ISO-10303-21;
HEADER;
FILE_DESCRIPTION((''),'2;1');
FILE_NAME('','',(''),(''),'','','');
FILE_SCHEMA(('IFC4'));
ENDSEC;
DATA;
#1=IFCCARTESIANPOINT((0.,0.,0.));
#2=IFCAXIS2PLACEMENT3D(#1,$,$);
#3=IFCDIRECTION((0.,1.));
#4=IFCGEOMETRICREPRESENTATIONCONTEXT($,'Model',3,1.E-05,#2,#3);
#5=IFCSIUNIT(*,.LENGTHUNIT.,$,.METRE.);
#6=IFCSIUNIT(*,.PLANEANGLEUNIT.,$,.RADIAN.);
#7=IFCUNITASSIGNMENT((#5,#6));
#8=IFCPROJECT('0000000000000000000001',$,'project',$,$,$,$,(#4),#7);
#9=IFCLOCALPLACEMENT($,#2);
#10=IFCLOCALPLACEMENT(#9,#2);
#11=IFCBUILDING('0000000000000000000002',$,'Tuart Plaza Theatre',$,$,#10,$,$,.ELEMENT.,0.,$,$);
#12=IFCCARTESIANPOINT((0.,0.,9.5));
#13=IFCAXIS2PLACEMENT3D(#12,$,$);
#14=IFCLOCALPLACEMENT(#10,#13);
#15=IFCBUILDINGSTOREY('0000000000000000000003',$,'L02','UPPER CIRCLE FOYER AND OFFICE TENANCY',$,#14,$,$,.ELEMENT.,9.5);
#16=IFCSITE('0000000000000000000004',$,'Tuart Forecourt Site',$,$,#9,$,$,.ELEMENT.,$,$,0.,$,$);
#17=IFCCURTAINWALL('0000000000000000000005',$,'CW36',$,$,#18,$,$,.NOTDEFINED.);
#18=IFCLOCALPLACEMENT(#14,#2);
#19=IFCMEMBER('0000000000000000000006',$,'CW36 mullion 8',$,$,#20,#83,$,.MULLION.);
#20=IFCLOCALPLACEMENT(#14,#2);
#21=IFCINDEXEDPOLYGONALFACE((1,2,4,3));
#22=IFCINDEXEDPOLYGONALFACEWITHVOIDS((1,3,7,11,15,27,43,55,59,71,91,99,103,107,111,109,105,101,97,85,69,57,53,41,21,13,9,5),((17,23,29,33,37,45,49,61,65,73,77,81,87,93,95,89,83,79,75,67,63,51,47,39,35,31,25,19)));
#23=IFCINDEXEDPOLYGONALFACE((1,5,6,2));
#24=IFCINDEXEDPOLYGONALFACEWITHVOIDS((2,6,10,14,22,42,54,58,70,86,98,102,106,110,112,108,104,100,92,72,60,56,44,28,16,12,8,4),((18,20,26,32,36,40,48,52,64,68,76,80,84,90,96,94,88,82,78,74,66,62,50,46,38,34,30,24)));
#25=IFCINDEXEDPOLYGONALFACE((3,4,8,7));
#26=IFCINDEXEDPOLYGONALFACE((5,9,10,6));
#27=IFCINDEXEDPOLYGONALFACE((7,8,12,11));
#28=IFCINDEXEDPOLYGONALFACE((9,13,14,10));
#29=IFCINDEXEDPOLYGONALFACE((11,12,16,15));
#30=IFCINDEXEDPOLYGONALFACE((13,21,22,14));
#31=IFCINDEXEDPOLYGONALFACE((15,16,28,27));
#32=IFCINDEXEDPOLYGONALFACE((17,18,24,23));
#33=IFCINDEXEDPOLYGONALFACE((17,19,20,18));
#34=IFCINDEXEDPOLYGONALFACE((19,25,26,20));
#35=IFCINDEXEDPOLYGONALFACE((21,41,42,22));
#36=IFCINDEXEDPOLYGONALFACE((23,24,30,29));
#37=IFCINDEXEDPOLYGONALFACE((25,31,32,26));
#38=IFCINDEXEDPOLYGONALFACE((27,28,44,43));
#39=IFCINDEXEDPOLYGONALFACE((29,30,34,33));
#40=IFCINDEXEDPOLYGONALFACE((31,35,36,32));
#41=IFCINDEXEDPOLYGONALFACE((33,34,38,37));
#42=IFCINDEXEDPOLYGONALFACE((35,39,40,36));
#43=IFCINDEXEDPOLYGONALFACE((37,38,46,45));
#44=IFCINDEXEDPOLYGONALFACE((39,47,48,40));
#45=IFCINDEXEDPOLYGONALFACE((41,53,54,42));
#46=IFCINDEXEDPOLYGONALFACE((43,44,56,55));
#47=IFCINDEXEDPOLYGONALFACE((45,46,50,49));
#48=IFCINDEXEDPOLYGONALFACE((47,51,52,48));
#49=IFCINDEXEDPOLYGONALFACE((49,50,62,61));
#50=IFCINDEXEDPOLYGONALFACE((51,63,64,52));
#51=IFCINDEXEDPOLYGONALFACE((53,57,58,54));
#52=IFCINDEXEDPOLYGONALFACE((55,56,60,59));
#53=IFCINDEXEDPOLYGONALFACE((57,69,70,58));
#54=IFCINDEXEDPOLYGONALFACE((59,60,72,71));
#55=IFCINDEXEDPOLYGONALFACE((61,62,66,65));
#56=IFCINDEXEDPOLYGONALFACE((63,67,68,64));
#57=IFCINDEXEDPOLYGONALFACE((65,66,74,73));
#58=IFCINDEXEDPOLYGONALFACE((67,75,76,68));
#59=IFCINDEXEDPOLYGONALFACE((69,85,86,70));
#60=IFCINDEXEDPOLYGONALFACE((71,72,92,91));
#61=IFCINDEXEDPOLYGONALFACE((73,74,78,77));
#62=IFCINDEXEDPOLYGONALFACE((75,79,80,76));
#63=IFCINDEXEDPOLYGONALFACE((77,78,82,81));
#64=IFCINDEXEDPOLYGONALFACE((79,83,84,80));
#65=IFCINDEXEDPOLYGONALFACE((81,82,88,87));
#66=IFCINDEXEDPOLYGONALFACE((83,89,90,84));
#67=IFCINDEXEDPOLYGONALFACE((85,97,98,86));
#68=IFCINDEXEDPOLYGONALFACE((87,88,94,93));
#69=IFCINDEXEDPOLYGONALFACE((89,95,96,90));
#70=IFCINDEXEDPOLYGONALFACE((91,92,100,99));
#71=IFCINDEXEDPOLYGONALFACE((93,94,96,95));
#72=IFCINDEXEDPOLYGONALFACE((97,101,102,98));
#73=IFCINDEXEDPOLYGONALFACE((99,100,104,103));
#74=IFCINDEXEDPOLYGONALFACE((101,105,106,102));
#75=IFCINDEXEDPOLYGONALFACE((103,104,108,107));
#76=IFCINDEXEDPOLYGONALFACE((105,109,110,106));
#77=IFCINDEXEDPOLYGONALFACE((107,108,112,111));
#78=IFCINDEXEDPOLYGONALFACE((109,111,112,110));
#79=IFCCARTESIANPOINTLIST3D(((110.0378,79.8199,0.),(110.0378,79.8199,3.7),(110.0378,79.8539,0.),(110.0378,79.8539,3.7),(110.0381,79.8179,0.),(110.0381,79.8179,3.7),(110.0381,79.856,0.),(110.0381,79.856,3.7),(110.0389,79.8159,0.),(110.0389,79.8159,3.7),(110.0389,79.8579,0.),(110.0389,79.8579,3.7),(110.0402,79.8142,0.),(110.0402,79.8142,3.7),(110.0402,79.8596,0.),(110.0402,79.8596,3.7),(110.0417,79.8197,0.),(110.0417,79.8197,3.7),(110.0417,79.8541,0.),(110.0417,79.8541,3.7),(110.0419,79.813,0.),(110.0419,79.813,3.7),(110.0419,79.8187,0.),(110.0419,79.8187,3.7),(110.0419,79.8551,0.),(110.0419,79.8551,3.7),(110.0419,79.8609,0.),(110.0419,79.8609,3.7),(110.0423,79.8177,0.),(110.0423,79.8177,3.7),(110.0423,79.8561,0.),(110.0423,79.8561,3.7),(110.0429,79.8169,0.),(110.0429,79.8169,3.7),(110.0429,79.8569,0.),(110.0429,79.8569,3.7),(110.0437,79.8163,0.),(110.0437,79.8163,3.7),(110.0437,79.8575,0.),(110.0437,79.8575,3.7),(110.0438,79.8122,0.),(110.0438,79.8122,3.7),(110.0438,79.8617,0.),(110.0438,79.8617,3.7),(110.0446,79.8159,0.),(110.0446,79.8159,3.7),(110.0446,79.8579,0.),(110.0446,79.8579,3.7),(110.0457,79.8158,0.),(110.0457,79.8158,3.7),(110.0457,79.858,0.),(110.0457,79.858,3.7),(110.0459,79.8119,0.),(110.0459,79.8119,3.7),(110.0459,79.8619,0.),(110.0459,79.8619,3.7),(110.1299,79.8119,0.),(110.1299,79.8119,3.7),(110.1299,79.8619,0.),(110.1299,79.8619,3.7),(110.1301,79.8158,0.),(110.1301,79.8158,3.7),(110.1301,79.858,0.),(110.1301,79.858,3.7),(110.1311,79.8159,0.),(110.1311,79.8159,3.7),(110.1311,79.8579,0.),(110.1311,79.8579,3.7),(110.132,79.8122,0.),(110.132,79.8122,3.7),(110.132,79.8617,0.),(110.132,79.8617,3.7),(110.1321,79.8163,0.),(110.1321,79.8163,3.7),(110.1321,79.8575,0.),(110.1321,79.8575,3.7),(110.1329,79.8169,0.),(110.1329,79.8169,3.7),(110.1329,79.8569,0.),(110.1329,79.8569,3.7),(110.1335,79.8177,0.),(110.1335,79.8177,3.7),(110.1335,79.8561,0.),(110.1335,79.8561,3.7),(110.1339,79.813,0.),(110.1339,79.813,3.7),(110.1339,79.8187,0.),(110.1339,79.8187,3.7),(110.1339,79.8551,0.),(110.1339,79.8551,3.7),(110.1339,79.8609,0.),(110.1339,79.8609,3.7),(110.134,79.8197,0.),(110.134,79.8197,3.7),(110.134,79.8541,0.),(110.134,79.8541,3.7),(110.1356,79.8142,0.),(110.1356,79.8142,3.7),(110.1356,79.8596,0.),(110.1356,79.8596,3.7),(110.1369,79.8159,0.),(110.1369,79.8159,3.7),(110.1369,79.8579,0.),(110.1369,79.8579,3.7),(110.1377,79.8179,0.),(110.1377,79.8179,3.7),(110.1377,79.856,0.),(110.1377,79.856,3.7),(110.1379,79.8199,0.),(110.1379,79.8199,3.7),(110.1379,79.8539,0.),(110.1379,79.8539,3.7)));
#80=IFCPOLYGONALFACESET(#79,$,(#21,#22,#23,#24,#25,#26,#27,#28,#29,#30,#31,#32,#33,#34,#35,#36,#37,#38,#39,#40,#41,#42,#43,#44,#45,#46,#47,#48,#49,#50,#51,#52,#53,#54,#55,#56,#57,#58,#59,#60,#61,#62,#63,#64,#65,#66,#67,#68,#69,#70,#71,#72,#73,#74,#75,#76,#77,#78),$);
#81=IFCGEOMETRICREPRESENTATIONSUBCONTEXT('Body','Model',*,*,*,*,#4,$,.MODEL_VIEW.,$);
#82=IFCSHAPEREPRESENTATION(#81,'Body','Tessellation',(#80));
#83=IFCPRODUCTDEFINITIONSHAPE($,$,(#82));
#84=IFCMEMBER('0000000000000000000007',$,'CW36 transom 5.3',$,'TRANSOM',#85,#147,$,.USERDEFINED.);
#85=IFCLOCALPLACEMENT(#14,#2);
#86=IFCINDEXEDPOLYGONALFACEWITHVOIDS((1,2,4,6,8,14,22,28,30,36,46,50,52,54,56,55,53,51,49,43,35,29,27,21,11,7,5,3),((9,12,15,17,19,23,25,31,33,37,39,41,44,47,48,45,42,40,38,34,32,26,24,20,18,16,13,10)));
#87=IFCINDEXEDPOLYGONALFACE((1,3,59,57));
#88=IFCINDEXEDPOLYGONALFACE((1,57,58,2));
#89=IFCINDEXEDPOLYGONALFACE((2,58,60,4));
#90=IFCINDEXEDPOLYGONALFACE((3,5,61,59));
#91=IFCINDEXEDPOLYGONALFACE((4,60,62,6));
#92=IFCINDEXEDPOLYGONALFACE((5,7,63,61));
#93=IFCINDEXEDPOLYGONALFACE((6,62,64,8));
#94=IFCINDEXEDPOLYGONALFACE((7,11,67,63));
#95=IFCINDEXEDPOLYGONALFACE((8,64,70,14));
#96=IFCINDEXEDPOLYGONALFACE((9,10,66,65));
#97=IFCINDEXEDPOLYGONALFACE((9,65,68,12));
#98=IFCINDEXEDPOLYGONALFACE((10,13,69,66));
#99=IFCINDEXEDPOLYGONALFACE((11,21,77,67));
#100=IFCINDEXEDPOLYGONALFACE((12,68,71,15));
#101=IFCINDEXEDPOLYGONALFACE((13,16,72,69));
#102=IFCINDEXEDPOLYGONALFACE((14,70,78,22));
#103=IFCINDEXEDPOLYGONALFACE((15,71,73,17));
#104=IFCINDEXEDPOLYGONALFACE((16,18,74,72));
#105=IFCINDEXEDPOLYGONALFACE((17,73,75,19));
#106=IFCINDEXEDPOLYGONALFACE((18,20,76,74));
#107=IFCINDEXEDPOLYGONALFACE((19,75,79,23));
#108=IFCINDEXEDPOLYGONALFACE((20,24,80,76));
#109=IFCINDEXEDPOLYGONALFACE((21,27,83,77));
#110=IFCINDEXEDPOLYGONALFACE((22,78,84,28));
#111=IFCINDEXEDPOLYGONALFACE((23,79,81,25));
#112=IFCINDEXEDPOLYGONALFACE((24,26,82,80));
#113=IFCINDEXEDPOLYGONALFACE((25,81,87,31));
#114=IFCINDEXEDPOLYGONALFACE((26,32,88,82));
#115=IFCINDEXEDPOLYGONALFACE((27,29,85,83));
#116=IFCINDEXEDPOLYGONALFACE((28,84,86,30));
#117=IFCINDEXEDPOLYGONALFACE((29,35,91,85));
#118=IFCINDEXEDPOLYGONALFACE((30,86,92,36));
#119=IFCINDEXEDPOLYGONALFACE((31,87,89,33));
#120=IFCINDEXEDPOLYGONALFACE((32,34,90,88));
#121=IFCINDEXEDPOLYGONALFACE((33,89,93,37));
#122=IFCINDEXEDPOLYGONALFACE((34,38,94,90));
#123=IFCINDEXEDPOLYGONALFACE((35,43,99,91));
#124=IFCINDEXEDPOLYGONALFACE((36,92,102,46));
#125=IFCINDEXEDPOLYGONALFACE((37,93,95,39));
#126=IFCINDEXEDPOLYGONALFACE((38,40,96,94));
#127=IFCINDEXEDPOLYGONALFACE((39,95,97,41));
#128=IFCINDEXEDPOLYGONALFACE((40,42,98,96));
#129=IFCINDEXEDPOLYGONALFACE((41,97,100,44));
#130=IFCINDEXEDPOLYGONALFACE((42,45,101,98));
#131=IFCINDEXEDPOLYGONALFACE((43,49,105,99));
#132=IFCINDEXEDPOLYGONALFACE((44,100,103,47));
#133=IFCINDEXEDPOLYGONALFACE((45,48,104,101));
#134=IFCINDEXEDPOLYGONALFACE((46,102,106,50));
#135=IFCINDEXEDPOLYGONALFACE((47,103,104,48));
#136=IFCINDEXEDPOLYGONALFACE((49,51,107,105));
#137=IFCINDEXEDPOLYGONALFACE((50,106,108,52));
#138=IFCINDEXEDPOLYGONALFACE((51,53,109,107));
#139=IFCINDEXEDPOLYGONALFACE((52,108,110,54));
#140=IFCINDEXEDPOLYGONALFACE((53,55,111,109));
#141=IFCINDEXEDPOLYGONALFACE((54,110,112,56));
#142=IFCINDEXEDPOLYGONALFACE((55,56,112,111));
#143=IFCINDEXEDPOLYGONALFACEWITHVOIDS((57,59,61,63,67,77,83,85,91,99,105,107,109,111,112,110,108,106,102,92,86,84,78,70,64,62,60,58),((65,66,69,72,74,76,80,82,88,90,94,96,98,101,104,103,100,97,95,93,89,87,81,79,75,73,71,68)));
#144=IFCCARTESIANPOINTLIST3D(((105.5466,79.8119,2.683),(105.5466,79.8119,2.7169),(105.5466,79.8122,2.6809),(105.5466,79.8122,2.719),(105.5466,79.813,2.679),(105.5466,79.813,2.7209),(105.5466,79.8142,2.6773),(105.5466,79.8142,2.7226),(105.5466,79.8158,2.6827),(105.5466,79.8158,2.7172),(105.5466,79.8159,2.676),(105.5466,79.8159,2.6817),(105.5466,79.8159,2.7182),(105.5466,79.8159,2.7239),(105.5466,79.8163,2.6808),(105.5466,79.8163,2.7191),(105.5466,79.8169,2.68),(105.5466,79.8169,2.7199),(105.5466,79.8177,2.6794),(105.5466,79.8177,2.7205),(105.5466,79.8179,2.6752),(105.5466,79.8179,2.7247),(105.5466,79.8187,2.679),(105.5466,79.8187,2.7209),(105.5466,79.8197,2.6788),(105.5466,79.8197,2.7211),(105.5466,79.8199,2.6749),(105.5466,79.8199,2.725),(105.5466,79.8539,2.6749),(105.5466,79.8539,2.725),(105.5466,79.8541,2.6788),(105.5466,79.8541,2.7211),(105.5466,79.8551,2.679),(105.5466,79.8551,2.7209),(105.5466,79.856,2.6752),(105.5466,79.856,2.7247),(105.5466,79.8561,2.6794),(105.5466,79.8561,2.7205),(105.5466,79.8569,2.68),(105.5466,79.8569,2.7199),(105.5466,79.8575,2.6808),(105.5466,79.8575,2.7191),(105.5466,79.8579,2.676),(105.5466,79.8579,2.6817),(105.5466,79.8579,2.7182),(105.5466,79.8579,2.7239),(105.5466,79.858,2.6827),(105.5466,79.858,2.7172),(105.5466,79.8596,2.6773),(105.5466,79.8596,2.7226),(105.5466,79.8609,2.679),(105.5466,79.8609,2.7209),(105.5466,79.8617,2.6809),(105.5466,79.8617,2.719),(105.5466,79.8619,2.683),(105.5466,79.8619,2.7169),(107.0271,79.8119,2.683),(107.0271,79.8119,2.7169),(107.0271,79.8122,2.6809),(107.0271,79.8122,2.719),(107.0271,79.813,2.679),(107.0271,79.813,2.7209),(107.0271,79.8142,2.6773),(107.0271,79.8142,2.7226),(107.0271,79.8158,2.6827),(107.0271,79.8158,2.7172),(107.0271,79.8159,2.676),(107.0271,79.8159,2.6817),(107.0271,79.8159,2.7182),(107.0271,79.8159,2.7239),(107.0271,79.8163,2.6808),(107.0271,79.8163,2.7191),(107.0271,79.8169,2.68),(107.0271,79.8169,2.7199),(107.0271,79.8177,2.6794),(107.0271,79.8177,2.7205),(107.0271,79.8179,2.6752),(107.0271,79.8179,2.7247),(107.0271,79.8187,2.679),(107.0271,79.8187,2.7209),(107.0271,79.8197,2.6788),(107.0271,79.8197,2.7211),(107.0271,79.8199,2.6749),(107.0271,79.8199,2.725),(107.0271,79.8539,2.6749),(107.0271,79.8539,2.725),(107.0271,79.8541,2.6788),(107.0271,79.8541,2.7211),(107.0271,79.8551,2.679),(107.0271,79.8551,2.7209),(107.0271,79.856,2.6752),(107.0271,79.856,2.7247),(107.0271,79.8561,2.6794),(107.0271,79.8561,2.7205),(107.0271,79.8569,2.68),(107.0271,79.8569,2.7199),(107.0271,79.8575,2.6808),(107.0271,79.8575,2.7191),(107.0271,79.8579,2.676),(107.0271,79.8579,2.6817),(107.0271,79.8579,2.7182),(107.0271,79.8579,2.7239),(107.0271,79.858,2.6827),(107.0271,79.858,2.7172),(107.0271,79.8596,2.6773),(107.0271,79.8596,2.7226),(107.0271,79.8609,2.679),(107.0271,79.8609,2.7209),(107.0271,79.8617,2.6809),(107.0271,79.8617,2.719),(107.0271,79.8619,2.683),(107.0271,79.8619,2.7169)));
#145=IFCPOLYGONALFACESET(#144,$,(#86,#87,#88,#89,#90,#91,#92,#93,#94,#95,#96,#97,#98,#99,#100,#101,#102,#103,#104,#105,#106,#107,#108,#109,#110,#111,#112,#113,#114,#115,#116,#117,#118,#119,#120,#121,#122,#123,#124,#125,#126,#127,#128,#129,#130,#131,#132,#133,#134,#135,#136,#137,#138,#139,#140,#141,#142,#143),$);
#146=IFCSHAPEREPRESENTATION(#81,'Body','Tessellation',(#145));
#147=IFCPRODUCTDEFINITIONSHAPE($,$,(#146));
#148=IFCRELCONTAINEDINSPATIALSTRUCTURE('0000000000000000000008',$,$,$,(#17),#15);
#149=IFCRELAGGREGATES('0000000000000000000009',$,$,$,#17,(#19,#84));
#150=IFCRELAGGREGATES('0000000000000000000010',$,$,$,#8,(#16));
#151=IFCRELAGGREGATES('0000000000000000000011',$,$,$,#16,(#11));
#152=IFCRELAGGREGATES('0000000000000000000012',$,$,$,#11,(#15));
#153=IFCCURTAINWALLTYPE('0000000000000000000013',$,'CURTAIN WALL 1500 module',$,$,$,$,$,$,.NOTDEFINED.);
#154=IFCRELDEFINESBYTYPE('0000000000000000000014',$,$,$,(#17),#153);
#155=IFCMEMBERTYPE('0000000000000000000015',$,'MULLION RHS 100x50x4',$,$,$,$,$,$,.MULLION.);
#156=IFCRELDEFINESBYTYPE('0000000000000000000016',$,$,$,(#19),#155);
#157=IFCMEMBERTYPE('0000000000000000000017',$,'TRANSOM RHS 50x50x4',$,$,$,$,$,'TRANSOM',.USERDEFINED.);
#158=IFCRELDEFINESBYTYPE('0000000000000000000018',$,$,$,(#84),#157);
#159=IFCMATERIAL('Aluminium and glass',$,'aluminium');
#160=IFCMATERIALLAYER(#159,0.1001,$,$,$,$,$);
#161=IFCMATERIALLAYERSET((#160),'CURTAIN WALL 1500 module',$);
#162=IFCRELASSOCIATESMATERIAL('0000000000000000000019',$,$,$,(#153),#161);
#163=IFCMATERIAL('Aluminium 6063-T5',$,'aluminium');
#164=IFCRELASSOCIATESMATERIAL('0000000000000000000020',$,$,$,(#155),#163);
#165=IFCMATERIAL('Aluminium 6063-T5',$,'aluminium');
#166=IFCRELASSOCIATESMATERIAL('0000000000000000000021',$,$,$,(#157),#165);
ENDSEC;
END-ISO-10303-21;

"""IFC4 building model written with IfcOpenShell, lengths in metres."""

from ifc_helpers import new_model, si_unit, direction, frame, origin, origin_2d, place, context, subcontext, project, spatial, hollow_rectangle, extrude, material, layer, layer_set, material_profile, profile_set, type_object, element, aggregate, save


model = new_model("IFC4")

# Units and contexts
model_context = context("Model", 3, precision=1e-05, world=origin(), true_north=direction((0.0, 1.0)))
body_context = subcontext(model_context, "Body", "Model", "MODEL_VIEW")
ifc_project = project(units=[si_unit("LENGTHUNIT", "METRE"), si_unit("PLANEANGLEUNIT", "RADIAN")], contexts=[model_context])

# Site, building, storey
site_placement = place(None, origin())
site = spatial("IfcSite", under=ifc_project, at=site_placement, Name="Tuart Forecourt Site", CompositionType="ELEMENT", RefElevation=0.0)
building_placement = place(site_placement, origin())
building = spatial("IfcBuilding", under=site, at=building_placement, Name="Tuart Plaza Theatre", CompositionType="ELEMENT", ElevationOfRefHeight=0.0)
storey_placement = place(building_placement, frame((0.0, 0.0, 9.5)))
storey = spatial("IfcBuildingStorey", under=building, at=storey_placement, Name="L02", Description="UPPER CIRCLE FOYER AND OFFICE TENANCY", CompositionType="ELEMENT", Elevation=9.5)

# Curtain wall, members
ifc_material_1 = material(Name="Aluminium and glass", Category="aluminium")
ifc_layer_1 = layer(ifc_material_1, 0.1001)
ifc_layer_set_1 = layer_set([ifc_layer_1], Name="CURTAIN WALL 1500 module")
curtain_wall_type = type_object("IfcCurtainWallType", Name="CURTAIN WALL 1500 module", PredefinedType="NOTDEFINED", material=ifc_layer_set_1)
curtain_wall_placement = place(storey_placement, origin())
curtain_wall = element("IfcCurtainWall", 1, at=curtain_wall_placement, inside=storey, type_object=curtain_wall_type, Name="CW36", PredefinedType="NOTDEFINED")
ifc_material_2 = material(Name="Aluminium 6063-T5", Category="aluminium")
ifc_material_profile_1 = material_profile(ifc_material_2, hollow_rectangle(XDim=0.05, YDim=0.1001, WallThickness=0.0039, InnerFilletRadius=0.0039, OuterFilletRadius=0.0081, at=origin_2d()), Name="RHS 100x50x4")
ifc_profile_set_1 = profile_set([ifc_material_profile_1], Name="Aluminium 6063-T5")
member_type_1 = type_object("IfcMemberType", Name="MULLION RHS 100x50x4", PredefinedType="MULLION", material=ifc_profile_set_1)
member_1_placement = place(storey_placement, frame((110.0879, 79.8369, 0.0), z_axis=(0.0, 0.0, 1.0), x_axis=(0.0, 1.0, 0.0)))
member_1 = element("IfcMember", 2, at=member_1_placement, type_object=member_type_1, Name="CW36 mullion 8", PredefinedType="MULLION", context=body_context, shape_type="SweptSolid", body=[
    extrude(hollow_rectangle(XDim=0.05, YDim=0.1001, WallThickness=0.0039, InnerFilletRadius=0.0039, OuterFilletRadius=0.0081, at=origin_2d()), origin(), (0.0, 0.0, 1.0), 3.7),
])
ifc_material_3 = material(Name="Aluminium 6063-T5", Category="aluminium")
ifc_material_profile_2 = material_profile(ifc_material_3, hollow_rectangle(XDim=0.05, YDim=0.05, WallThickness=0.0039, InnerFilletRadius=0.0039, OuterFilletRadius=0.0081, at=origin_2d()), Name="RHS 50x50x4")
ifc_profile_set_2 = profile_set([ifc_material_profile_2], Name="Aluminium 6063-T5")
member_type_2 = type_object("IfcMemberType", Name="TRANSOM RHS 50x50x4", ElementType="TRANSOM", PredefinedType="USERDEFINED", material=ifc_profile_set_2)
member_2_placement = place(storey_placement, frame((105.5466, 79.8369, 2.7), z_axis=(1.0, 0.0, 0.0), x_axis=(0.0, 1.0, 0.0)))
member_2 = element("IfcMember", 3, at=member_2_placement, type_object=member_type_2, Name="CW36 transom 5.3", ObjectType="TRANSOM", PredefinedType="USERDEFINED", context=body_context, shape_type="SweptSolid", body=[
    extrude(hollow_rectangle(XDim=0.05, YDim=0.05, WallThickness=0.0039, InnerFilletRadius=0.0039, OuterFilletRadius=0.0081, at=origin_2d()), origin(), (0.0, 0.0, 1.0), 1.4805),
])
aggregate(curtain_wall, [member_1, member_2])

save(model, "model.ifc")
